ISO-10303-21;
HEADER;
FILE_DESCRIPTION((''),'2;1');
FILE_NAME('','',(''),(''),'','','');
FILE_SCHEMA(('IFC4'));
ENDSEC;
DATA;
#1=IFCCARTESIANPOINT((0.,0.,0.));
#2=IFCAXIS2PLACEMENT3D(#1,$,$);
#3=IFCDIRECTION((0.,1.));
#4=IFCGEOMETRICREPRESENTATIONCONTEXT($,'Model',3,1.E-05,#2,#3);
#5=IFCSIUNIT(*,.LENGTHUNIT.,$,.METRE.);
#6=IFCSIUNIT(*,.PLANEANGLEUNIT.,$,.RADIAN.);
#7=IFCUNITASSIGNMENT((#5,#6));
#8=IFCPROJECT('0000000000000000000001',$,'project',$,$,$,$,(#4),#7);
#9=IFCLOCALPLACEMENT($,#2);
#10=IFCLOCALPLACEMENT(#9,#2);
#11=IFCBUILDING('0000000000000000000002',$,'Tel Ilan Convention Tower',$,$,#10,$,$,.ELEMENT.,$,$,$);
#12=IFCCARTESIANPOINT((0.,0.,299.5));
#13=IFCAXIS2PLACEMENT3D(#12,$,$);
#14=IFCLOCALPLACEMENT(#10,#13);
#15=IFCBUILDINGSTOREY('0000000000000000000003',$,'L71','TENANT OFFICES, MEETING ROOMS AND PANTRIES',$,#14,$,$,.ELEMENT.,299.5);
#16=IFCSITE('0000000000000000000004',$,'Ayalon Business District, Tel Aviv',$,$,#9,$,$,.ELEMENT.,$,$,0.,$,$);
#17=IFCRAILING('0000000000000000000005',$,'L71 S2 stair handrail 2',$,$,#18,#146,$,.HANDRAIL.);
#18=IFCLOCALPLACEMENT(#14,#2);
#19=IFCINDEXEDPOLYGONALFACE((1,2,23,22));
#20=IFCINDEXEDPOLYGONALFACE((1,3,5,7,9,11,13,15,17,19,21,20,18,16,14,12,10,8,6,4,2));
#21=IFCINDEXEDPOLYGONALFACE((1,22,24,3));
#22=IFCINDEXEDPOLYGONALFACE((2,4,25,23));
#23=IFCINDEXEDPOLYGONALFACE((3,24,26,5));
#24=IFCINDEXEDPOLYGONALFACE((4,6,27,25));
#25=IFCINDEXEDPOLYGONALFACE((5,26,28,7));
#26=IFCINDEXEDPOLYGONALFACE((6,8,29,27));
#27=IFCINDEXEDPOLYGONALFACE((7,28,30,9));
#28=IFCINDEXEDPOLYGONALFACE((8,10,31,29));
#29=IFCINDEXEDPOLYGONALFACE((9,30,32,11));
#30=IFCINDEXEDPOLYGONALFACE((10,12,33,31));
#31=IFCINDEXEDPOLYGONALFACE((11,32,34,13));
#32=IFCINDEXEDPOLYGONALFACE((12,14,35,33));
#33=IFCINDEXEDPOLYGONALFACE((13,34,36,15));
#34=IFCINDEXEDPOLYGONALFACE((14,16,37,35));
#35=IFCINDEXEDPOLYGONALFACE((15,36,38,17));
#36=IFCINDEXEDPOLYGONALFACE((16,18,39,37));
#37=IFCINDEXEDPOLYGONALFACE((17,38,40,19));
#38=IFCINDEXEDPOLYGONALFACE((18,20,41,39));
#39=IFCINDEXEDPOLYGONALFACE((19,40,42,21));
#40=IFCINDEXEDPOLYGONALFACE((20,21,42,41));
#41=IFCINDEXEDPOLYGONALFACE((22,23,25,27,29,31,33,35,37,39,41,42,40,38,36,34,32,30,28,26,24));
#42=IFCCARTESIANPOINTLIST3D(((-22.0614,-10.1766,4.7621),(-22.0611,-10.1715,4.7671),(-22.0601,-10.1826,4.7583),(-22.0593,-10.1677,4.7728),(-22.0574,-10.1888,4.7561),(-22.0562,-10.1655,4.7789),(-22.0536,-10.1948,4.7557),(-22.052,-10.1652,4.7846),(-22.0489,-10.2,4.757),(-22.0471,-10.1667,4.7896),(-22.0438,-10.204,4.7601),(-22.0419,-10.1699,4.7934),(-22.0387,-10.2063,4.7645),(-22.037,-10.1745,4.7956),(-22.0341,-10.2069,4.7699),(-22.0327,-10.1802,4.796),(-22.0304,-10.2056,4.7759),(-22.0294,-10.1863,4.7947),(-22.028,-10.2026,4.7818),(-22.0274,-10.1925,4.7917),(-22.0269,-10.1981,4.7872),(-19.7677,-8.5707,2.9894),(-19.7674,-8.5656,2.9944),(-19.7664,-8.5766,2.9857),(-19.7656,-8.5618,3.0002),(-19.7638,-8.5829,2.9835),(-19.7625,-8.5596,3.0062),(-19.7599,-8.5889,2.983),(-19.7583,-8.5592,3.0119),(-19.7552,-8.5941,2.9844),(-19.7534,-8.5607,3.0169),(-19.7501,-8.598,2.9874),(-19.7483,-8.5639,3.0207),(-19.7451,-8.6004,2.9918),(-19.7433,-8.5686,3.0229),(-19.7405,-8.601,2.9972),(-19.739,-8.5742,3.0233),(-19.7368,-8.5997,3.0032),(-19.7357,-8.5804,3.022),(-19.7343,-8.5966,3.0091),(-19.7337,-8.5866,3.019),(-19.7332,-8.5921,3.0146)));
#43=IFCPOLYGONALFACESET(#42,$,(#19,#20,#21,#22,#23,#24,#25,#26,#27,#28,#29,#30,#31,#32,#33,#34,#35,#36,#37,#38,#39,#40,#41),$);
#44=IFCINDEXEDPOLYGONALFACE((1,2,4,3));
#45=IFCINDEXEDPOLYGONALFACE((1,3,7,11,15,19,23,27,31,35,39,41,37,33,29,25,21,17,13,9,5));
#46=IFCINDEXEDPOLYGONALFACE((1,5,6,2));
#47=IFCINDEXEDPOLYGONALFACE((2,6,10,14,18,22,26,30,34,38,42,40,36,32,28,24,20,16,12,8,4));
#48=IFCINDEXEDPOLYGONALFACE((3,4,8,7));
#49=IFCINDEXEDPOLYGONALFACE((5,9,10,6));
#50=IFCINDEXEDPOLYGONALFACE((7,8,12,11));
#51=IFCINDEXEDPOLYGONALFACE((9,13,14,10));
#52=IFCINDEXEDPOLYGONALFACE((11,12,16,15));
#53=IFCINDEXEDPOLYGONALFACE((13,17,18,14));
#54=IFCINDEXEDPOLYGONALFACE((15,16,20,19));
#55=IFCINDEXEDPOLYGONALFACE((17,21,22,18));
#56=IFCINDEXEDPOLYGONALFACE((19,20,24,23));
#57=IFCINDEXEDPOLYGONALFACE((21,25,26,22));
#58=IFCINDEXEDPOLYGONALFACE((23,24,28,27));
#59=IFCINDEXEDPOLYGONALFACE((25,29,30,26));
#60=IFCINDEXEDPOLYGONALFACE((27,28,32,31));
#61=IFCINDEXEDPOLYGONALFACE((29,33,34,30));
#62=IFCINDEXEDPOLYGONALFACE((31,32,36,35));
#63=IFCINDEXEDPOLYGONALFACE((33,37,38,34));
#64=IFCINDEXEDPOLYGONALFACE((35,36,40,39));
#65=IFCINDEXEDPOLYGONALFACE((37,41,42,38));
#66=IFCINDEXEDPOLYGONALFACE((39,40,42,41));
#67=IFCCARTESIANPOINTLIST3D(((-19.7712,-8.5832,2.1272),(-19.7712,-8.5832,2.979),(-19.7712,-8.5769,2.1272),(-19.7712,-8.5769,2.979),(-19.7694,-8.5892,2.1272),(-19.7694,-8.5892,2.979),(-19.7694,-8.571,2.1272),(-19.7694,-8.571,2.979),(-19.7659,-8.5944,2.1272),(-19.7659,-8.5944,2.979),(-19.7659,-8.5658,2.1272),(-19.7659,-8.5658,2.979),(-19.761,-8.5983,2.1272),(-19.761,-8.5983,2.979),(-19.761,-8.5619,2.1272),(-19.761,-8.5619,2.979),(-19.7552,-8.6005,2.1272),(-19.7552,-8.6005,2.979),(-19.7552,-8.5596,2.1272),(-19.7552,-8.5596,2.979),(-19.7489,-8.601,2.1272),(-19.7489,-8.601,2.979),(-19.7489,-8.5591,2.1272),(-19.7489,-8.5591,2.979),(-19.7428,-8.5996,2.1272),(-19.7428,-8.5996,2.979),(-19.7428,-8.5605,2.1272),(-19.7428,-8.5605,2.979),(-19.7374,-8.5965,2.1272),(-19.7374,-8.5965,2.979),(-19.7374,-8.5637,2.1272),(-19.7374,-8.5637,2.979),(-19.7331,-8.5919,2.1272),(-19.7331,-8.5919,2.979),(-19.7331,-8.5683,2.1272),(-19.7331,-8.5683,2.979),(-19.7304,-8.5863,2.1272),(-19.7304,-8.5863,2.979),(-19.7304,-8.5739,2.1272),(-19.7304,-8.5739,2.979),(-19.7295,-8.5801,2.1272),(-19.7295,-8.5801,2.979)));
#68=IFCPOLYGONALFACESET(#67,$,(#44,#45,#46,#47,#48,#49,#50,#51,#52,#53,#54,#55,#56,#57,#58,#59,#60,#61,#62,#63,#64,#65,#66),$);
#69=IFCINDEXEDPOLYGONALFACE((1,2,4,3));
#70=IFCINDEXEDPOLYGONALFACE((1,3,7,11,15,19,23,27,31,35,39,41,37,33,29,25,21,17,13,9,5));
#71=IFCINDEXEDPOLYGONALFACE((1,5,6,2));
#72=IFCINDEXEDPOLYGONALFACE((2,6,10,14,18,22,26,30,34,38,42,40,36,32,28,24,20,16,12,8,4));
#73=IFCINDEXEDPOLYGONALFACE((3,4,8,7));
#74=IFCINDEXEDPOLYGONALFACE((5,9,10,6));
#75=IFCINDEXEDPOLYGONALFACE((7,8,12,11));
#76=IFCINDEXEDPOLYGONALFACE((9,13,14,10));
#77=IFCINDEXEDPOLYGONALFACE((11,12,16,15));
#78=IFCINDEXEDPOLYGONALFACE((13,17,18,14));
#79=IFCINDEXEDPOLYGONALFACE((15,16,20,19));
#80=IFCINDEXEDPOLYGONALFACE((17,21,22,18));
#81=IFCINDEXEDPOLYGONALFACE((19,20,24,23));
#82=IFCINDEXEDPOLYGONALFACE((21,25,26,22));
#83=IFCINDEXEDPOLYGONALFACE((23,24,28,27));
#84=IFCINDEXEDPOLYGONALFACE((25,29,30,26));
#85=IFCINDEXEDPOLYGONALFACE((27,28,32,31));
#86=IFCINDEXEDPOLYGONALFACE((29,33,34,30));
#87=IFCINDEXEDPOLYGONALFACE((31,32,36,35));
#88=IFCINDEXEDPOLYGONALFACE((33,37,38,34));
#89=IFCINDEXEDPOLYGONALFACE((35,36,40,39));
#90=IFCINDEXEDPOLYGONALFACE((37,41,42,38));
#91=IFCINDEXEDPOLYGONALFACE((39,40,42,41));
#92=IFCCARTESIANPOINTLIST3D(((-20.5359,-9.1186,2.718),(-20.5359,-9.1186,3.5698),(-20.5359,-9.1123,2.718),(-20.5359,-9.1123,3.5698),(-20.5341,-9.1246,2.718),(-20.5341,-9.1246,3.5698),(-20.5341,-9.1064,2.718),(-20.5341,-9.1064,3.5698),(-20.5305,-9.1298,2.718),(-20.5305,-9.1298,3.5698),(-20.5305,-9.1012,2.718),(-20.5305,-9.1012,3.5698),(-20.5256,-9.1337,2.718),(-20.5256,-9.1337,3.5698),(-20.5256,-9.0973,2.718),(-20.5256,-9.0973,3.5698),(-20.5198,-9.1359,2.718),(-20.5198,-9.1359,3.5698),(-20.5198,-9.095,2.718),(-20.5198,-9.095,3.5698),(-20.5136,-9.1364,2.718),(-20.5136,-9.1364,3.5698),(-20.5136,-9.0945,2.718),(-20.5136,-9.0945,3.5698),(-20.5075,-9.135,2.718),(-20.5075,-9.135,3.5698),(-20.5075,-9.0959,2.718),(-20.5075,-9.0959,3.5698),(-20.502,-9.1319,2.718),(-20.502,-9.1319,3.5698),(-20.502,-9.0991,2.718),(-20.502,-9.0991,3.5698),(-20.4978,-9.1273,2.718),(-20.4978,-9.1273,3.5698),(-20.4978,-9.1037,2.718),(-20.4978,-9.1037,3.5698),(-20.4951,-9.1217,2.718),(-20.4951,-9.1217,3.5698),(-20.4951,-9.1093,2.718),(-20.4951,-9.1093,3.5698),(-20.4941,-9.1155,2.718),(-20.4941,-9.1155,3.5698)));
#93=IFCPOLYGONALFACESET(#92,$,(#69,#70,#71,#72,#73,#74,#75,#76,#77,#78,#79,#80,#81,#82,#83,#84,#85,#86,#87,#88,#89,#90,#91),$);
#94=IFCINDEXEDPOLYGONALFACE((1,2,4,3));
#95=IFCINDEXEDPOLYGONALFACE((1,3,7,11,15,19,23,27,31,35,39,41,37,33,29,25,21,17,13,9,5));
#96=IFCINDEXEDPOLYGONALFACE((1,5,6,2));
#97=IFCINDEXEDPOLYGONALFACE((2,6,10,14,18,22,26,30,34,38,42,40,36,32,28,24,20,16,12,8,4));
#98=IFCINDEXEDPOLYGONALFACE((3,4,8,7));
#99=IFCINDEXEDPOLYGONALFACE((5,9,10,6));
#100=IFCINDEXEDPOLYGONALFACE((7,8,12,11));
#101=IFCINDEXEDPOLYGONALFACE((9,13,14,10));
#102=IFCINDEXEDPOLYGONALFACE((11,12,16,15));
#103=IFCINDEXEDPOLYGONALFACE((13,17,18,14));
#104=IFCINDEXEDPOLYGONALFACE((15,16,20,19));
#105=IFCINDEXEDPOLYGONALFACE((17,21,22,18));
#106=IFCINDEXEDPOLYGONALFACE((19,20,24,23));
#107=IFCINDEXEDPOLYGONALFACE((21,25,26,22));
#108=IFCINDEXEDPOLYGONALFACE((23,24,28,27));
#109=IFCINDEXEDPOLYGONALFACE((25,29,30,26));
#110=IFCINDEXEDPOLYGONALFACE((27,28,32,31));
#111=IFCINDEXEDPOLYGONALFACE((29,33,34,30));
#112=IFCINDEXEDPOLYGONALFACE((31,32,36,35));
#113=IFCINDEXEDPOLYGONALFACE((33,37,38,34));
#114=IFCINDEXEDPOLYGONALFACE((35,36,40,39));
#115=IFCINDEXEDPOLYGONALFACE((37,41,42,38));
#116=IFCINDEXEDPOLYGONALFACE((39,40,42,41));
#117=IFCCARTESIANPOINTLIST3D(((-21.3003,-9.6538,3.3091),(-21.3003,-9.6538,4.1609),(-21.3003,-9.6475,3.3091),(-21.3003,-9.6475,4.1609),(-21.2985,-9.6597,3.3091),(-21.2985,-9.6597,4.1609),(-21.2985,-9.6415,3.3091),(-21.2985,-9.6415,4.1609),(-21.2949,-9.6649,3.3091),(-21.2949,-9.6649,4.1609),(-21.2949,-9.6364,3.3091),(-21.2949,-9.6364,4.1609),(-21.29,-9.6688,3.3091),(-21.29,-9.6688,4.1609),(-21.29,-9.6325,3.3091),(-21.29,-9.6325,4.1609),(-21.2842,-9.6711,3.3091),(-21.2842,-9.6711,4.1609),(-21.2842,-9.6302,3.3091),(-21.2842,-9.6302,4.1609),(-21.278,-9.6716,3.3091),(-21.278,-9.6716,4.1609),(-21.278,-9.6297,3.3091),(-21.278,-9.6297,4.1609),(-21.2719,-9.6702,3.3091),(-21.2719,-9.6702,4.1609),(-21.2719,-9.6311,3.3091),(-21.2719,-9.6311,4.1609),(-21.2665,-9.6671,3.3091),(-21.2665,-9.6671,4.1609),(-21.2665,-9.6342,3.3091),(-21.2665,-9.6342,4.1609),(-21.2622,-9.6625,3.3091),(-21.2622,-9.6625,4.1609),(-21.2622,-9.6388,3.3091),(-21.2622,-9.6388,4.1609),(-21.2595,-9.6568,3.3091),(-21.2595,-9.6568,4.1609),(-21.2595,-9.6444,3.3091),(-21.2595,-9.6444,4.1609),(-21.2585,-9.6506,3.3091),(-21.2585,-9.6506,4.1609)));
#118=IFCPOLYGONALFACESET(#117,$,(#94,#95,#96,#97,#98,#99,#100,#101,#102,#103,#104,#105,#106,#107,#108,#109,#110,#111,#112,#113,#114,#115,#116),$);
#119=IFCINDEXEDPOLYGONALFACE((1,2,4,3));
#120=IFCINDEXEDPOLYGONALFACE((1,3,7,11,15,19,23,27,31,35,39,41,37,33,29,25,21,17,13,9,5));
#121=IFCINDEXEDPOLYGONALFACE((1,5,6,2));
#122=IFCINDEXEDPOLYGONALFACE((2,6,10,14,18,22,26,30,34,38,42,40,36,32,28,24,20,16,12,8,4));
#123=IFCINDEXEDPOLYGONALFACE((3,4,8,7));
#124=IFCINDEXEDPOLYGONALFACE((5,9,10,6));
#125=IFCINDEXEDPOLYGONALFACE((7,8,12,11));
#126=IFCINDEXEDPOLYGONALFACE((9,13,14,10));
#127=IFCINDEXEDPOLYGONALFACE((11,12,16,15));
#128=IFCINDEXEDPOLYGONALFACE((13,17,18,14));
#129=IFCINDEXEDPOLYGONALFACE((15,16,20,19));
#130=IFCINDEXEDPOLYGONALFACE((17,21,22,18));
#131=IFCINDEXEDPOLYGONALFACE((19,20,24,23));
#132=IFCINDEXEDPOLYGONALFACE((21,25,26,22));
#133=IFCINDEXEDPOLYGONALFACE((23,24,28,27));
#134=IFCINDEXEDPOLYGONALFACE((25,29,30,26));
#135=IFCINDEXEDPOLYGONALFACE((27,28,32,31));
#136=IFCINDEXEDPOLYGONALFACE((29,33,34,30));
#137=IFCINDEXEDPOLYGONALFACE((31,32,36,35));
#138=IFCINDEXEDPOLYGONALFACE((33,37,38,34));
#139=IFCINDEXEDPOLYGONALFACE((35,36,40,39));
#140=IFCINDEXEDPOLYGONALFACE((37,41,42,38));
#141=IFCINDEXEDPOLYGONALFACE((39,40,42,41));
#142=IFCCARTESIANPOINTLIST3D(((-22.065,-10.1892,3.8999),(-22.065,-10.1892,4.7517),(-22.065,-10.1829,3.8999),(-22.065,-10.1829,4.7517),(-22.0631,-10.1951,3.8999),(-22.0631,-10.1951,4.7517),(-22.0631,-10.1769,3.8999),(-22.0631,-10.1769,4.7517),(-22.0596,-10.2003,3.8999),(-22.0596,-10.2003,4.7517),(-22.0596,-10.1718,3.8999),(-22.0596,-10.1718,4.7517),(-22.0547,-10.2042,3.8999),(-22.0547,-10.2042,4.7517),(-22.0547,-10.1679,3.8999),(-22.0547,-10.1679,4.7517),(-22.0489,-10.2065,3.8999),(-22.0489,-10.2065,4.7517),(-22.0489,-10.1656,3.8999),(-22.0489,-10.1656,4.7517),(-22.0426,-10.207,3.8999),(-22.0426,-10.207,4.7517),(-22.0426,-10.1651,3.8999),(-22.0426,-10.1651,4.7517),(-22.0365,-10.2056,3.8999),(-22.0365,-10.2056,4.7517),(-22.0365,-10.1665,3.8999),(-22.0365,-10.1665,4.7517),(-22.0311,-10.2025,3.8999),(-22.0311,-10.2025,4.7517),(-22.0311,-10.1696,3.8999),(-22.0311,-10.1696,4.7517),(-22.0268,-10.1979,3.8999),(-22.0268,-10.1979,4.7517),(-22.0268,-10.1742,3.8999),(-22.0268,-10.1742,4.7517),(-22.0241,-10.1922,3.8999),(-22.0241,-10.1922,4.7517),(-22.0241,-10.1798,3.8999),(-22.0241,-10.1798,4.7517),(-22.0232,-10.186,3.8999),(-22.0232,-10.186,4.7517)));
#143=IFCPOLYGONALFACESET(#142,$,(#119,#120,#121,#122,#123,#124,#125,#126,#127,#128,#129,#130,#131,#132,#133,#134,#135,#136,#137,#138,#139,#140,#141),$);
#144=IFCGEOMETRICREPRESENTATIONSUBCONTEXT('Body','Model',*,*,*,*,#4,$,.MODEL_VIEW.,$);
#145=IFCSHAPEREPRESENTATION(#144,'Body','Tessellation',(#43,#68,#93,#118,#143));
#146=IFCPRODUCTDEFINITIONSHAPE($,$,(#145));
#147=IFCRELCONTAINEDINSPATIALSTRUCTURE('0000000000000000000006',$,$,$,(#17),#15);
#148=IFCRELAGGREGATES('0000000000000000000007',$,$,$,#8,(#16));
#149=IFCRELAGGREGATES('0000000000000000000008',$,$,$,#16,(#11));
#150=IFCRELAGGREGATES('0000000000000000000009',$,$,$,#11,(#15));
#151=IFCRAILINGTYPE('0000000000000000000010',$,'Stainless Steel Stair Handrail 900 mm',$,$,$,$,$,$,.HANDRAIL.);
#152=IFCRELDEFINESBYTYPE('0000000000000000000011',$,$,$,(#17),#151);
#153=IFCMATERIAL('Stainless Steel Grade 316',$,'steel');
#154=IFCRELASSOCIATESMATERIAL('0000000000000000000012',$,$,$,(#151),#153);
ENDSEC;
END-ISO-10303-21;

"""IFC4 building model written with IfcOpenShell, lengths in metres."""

from ifc_helpers import new_model, si_unit, direction, frame, origin, origin_2d, place, context, subcontext, project, spatial, circle, extrude, material, type_object, element, save


model = new_model("IFC4")

# Units and contexts
model_context = context("Model", 3, precision=1e-05, world=origin(), true_north=direction((0.0, 1.0)))
body_context = subcontext(model_context, "Body", "Model", "MODEL_VIEW")
ifc_project = project(units=[si_unit("LENGTHUNIT", "METRE"), si_unit("PLANEANGLEUNIT", "RADIAN")], contexts=[model_context])

# Site, building, storey
site_placement = place(None, origin())
site = spatial("IfcSite", under=ifc_project, at=site_placement, Name="Ayalon Business District, Tel Aviv", CompositionType="ELEMENT", RefElevation=0.0)
building_placement = place(site_placement, origin())
building = spatial("IfcBuilding", under=site, at=building_placement, Name="Tel Ilan Convention Tower", CompositionType="ELEMENT")
storey_placement = place(building_placement, frame((0.0, 0.0, 299.5)))
storey = spatial("IfcBuildingStorey", under=building, at=storey_placement, Name="L71", Description="TENANT OFFICES, MEETING ROOMS AND PANTRIES", CompositionType="ELEMENT", Elevation=299.5)

# Railing
ifc_material_1 = material(Name="Stainless Steel Grade 316", Category="steel")
railing_type_1 = type_object("IfcRailingType", Name="Stainless Steel Stair Handrail 900 mm", PredefinedType="HANDRAIL", material=ifc_material_1)
for number, where, name in (
    (1, (-19.7505, -8.5801, 2.1272), "L71 S2 stair handrail 2"),
):
    element("IfcRailing", number, at=place(storey_placement, frame(where)), inside=storey, type_object=railing_type_1, Name=name, PredefinedType="HANDRAIL", context=body_context, shape_type="SweptSolid", body=[
        extrude(circle(Radius=0.0239, at=origin_2d()), frame((0.0, 0.0, 0.876), z_axis=(-0.692123, -0.484597, 0.534913), x_axis=(0.57355, -0.81917, 0.0)), (0.0, 0.0, 1.0), 3.314),
        extrude(circle(Radius=0.021, at=origin_2d()), origin(), (0.0, 0.0, 1.0), 0.8518),
        extrude(circle(Radius=0.021, at=origin_2d()), frame((-0.7646, -0.5354, 0.5908)), (0.0, 0.0, 1.0), 0.8518),
        extrude(circle(Radius=0.021, at=origin_2d()), frame((-1.5291, -1.0706, 1.1819)), (0.0, 0.0, 1.0), 0.8518),
        extrude(circle(Radius=0.021, at=origin_2d()), frame((-2.2937, -1.606, 1.7727)), (0.0, 0.0, 1.0), 0.8518),
    ])

save(model, "model.ifc")
